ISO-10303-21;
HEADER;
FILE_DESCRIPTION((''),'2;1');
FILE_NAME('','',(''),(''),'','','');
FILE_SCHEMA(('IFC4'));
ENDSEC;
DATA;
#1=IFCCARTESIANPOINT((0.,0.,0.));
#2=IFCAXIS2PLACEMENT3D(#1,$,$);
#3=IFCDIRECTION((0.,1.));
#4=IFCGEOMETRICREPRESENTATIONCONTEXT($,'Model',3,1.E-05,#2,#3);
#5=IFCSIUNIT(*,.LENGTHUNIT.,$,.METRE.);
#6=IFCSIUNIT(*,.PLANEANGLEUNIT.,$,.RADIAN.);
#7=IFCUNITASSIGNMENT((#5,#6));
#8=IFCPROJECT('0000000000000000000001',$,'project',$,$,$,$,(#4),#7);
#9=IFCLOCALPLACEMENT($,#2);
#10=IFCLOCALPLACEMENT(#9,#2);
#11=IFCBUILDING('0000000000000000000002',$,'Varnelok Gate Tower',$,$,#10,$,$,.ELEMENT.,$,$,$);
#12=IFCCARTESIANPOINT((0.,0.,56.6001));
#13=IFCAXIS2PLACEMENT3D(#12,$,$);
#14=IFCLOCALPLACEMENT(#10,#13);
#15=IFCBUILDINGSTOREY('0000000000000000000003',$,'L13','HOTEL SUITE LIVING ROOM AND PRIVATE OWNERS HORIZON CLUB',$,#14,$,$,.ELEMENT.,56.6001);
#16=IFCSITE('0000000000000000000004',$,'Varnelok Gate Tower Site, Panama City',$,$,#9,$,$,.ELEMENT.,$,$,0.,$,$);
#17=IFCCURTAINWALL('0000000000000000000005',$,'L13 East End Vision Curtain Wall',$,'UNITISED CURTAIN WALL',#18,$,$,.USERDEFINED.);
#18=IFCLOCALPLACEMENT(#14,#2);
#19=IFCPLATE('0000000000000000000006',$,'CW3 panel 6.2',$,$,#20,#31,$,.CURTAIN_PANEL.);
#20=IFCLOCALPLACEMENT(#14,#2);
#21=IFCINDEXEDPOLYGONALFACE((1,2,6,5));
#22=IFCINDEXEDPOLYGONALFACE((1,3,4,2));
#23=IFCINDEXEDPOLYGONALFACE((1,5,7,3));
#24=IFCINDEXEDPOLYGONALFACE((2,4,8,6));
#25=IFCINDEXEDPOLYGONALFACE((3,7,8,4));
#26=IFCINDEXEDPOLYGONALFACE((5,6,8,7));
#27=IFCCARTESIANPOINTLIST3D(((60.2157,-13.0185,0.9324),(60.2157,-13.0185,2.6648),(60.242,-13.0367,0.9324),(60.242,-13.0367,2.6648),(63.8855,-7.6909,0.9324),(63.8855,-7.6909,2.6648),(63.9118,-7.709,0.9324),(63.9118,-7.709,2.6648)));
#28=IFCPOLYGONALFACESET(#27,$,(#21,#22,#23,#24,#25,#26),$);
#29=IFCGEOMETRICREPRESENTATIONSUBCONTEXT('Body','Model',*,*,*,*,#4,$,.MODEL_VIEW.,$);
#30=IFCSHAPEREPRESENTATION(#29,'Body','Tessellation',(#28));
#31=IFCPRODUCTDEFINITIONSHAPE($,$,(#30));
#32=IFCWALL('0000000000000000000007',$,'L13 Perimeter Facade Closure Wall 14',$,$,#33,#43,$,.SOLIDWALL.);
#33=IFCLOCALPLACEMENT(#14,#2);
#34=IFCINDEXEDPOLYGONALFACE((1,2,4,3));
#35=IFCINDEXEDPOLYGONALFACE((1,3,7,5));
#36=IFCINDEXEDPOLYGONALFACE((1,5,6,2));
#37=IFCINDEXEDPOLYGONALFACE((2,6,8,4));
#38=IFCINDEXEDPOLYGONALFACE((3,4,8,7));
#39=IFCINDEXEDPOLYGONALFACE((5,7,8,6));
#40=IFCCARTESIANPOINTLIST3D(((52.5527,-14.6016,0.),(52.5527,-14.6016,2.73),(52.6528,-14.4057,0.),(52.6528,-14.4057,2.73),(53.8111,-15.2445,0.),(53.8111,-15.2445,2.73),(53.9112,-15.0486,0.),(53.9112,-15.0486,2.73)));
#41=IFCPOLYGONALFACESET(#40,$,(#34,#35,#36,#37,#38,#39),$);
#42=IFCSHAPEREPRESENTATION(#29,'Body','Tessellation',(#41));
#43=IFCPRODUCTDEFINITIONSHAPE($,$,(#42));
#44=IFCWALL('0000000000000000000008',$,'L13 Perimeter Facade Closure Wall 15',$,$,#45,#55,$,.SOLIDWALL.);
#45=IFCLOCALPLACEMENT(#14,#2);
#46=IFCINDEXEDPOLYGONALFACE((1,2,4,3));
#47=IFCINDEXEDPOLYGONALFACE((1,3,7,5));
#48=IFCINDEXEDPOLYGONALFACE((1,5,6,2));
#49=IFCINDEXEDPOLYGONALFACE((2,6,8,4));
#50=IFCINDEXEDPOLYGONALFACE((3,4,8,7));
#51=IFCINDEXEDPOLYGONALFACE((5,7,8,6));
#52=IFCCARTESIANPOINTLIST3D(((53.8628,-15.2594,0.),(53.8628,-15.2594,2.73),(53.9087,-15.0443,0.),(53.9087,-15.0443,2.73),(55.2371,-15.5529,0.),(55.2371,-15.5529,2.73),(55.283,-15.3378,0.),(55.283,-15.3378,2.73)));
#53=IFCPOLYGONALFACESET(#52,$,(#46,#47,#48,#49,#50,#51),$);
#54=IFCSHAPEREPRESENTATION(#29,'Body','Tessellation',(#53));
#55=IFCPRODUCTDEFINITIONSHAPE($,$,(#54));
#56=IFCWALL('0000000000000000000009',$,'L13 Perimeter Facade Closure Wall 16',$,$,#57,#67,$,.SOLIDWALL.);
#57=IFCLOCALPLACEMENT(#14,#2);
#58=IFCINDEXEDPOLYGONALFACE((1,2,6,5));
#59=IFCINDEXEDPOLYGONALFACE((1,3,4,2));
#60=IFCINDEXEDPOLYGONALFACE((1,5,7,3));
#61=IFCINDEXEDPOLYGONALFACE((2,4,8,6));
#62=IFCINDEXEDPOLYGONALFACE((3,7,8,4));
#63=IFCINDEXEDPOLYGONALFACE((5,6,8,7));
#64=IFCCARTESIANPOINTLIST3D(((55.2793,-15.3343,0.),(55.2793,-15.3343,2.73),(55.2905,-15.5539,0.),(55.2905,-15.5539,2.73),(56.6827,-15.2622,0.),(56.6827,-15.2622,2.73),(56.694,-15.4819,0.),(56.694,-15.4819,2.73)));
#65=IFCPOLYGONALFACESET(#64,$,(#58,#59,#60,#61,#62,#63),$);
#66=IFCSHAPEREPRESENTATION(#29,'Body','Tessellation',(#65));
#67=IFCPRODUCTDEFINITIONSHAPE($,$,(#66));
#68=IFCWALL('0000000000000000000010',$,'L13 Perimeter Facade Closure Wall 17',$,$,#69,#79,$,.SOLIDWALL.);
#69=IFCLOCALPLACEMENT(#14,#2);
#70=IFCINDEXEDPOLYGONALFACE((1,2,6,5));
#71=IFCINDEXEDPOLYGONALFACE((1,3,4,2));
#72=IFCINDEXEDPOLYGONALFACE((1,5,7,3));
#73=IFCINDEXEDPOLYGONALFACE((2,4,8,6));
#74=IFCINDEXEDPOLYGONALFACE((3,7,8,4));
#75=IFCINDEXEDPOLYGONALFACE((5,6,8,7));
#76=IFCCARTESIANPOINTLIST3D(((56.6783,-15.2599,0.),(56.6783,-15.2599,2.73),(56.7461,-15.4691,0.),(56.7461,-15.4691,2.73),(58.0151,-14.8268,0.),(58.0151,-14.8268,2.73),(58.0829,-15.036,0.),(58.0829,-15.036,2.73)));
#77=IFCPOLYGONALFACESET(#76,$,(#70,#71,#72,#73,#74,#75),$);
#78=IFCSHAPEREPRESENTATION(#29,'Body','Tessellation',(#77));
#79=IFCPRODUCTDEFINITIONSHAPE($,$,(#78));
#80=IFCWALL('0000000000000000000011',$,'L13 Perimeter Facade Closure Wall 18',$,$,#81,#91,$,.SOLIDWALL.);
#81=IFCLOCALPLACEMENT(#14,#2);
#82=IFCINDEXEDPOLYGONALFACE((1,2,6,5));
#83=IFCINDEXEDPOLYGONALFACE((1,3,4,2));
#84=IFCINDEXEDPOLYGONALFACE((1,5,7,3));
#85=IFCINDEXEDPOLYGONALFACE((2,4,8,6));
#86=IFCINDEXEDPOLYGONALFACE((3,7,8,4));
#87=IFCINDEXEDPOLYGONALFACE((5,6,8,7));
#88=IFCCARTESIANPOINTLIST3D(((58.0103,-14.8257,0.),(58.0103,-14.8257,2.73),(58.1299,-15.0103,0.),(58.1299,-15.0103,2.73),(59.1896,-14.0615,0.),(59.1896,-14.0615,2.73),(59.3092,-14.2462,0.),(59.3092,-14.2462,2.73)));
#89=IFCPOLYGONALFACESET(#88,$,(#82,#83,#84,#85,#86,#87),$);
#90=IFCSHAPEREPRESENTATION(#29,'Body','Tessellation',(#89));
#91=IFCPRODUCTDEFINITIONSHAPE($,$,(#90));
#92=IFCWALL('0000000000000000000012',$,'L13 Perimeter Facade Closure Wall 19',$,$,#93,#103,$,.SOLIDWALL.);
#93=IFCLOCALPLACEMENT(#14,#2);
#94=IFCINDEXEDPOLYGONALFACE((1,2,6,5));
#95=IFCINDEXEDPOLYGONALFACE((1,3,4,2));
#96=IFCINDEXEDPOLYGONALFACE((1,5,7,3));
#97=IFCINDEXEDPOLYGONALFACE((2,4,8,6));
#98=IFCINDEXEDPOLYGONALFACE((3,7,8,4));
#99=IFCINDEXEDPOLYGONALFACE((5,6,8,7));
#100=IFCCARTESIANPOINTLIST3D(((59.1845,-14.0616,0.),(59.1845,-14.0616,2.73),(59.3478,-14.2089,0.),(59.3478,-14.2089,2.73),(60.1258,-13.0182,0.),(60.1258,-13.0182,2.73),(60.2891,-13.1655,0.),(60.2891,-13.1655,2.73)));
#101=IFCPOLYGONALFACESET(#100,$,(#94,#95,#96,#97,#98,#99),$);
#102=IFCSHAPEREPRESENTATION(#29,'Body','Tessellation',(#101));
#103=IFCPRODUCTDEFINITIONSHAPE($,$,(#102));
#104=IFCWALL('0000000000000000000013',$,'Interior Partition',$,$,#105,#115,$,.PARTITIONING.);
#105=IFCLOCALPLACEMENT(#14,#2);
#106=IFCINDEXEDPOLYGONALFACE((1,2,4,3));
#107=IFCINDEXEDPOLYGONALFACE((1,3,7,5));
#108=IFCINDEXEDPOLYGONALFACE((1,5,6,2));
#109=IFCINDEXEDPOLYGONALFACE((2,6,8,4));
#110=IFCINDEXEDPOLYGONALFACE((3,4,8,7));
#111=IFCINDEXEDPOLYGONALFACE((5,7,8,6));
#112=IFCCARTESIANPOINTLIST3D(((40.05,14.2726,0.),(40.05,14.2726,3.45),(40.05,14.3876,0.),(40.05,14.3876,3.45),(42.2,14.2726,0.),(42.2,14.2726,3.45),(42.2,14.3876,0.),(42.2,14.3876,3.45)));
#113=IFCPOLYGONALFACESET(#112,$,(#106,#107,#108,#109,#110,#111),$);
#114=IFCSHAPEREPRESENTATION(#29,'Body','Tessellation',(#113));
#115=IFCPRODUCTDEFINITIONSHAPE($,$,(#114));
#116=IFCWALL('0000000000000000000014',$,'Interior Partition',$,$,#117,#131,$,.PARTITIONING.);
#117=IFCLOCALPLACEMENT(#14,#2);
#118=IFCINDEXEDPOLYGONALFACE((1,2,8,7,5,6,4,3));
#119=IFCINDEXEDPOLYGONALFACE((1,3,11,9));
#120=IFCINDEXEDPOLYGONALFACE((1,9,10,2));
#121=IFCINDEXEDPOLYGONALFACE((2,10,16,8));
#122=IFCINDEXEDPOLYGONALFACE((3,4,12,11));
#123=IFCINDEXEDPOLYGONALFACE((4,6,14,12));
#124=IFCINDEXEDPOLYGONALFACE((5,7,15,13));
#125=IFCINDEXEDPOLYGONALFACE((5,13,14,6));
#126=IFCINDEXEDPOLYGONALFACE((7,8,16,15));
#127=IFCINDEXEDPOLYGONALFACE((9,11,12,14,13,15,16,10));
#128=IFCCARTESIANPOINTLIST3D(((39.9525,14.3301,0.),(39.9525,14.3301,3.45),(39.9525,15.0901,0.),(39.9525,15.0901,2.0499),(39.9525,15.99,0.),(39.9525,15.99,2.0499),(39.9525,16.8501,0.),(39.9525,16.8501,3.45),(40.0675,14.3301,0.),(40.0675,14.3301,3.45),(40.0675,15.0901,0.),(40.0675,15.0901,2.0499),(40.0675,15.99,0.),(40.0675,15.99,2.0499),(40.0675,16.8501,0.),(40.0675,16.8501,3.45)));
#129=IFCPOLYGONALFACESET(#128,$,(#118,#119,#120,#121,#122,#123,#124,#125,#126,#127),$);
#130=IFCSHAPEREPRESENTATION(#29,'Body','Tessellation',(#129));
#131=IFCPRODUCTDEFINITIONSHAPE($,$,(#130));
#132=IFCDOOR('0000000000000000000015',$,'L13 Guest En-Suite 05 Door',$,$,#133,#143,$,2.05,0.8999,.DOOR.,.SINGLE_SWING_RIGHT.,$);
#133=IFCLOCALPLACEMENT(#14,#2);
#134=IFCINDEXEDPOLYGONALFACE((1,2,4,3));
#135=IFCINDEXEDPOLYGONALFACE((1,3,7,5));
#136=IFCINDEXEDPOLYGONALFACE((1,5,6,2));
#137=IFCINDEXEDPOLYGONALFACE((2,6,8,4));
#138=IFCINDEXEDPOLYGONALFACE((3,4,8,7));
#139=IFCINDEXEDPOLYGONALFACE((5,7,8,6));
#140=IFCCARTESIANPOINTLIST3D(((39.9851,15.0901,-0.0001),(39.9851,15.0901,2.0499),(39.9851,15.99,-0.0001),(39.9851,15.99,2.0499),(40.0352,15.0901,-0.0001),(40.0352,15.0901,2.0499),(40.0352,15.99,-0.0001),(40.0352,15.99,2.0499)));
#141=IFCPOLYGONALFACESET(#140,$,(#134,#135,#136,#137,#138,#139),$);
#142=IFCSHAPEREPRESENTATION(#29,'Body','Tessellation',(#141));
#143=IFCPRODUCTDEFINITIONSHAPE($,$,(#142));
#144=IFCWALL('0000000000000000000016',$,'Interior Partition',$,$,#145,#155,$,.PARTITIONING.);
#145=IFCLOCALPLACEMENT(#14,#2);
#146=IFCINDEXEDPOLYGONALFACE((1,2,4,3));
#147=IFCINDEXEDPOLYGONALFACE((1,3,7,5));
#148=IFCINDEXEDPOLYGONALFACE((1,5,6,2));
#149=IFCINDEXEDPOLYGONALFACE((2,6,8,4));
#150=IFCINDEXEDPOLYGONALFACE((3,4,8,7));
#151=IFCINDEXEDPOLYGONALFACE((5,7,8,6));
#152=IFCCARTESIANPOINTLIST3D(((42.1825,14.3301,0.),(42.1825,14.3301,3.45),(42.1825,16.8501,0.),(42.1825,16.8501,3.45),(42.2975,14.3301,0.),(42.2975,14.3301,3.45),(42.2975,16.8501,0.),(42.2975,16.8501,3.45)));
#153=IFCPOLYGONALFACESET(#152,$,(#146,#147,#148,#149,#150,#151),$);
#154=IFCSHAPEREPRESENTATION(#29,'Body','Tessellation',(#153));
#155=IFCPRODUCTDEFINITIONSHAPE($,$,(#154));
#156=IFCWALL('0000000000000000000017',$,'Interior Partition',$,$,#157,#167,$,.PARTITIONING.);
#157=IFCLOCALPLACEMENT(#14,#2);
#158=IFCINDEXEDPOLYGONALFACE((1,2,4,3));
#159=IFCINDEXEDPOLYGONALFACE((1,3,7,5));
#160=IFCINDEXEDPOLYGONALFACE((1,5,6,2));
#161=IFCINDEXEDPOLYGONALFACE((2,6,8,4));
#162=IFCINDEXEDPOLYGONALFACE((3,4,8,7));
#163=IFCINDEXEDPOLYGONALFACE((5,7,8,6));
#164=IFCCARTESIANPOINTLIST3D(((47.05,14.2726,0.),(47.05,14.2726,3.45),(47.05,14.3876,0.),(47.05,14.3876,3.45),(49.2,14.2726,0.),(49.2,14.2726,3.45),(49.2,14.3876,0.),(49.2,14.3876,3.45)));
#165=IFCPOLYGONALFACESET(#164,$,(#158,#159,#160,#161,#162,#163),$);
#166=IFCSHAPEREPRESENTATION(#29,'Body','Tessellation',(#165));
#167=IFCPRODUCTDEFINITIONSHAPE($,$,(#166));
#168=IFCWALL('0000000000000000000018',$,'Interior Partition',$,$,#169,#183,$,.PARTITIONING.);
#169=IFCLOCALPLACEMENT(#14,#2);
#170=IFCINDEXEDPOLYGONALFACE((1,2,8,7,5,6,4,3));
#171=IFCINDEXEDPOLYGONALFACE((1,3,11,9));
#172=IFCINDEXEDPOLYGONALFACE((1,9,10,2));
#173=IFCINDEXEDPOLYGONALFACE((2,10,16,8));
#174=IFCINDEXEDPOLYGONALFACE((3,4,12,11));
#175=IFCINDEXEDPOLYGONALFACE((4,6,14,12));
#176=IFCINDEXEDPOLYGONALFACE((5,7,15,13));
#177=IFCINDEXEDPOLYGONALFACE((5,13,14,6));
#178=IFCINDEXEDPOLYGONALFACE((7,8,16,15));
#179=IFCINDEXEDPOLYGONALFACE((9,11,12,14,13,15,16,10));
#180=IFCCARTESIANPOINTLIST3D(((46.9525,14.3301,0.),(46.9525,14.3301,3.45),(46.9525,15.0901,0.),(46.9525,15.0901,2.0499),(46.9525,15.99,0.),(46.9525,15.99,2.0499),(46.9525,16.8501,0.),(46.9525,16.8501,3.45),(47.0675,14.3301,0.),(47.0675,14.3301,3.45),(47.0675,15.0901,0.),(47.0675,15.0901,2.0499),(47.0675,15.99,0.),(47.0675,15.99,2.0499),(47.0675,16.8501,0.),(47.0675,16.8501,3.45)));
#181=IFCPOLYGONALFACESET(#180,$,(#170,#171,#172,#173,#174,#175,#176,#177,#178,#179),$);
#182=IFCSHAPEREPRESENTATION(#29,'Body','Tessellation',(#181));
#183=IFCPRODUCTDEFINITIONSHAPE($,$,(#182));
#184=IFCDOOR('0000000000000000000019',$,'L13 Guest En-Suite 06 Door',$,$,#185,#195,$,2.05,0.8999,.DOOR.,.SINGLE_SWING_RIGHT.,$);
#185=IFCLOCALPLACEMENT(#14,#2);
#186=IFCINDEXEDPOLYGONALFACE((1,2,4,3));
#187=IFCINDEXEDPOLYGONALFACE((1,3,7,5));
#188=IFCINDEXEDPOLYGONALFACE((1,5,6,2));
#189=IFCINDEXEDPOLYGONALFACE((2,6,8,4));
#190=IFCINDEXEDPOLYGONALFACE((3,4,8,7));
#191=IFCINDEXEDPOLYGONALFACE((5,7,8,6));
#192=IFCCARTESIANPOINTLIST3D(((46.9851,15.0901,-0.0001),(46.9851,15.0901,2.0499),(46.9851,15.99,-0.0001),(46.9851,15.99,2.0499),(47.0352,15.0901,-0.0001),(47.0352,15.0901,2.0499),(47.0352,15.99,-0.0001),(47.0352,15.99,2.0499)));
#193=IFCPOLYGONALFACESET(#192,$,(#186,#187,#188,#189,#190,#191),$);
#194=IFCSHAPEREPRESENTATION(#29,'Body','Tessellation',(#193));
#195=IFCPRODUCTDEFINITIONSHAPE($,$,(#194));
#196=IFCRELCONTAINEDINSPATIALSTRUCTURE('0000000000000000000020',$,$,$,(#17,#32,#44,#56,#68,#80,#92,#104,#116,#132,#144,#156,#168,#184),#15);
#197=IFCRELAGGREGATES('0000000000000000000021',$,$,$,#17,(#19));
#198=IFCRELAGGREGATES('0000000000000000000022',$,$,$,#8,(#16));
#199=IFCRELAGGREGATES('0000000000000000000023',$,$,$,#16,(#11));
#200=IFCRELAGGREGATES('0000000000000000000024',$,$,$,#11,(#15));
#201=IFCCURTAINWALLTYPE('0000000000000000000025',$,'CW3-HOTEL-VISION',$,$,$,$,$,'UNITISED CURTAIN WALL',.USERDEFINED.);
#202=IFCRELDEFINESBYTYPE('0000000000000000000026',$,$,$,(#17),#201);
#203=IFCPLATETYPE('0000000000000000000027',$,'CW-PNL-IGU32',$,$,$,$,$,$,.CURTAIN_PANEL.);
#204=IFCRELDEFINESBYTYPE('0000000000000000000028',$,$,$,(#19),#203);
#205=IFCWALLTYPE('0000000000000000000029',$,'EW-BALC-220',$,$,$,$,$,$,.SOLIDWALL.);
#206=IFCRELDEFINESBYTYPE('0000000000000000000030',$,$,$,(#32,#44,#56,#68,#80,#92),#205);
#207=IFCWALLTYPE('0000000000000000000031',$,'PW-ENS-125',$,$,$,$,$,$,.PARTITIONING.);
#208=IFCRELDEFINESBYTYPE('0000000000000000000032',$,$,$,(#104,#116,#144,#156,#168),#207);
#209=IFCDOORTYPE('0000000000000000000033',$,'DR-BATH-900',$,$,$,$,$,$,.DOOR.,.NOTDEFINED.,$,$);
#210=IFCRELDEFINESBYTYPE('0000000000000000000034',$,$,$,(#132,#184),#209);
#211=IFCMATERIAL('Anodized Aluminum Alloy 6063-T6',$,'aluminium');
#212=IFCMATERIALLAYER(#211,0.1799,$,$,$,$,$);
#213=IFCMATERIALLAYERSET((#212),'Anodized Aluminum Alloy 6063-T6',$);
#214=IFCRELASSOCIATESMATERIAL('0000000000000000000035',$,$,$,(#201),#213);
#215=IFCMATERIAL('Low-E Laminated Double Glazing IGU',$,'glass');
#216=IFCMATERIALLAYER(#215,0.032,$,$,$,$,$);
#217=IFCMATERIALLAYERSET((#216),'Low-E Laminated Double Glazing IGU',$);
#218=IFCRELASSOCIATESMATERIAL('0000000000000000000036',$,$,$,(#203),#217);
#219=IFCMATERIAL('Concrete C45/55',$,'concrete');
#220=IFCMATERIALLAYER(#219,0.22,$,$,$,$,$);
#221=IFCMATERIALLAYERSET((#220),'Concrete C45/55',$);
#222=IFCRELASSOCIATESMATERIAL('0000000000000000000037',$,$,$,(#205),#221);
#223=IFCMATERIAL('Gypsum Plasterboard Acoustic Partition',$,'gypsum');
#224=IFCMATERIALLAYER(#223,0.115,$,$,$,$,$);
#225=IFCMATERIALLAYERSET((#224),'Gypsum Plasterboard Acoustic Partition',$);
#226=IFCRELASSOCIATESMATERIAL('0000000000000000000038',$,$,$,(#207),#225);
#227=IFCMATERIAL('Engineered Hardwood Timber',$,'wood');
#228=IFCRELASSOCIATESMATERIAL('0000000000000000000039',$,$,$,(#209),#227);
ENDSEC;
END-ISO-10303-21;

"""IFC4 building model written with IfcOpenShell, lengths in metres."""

from ifc_helpers import new_model, si_unit, direction, frame, frame_2d, origin, origin_2d, place, context, subcontext, project, spatial, rectangle, extrude, source, transform, mapped, material, layer, layer_set, type_object, element, fill, aggregate, save


model = new_model("IFC4")

# Units and contexts
model_context = context("Model", 3, precision=1e-05, world=origin(), true_north=direction((0.0, 1.0)))
body_context = subcontext(model_context, "Body", "Model", "MODEL_VIEW")
ifc_project = project(units=[si_unit("LENGTHUNIT", "METRE"), si_unit("PLANEANGLEUNIT", "RADIAN")], contexts=[model_context])

# Site, building, storey
site_placement = place(None, origin())
site = spatial("IfcSite", under=ifc_project, at=site_placement, Name="Varnelok Gate Tower Site, Panama City", CompositionType="ELEMENT", RefElevation=0.0)
building_placement = place(site_placement, origin())
building = spatial("IfcBuilding", under=site, at=building_placement, Name="Varnelok Gate Tower", CompositionType="ELEMENT")
storey_placement = place(building_placement, frame((0.0, 0.0, 56.6001)))
storey = spatial("IfcBuildingStorey", under=building, at=storey_placement, Name="L13", Description="HOTEL SUITE LIVING ROOM AND PRIVATE OWNERS HORIZON CLUB", CompositionType="ELEMENT", Elevation=56.6001)

# Curtain wall, plate
ifc_material_1 = material(Name="Anodized Aluminum Alloy 6063-T6", Category="aluminium")
ifc_layer_1 = layer(ifc_material_1, 0.1799)
ifc_layer_set_1 = layer_set([ifc_layer_1], Name="Anodized Aluminum Alloy 6063-T6")
curtain_wall_type = type_object("IfcCurtainWallType", Name="CW3-HOTEL-VISION", ElementType="UNITISED CURTAIN WALL", PredefinedType="USERDEFINED", material=ifc_layer_set_1)
curtain_wall_placement = place(storey_placement, origin())
curtain_wall = element("IfcCurtainWall", 1, at=curtain_wall_placement, inside=storey, type_object=curtain_wall_type, Name="L13 East End Vision Curtain Wall", ObjectType="UNITISED CURTAIN WALL", PredefinedType="USERDEFINED")
ifc_material_2 = material(Name="Low-E Laminated Double Glazing IGU", Category="glass")
ifc_layer_2 = layer(ifc_material_2, 0.032)
ifc_layer_set_2 = layer_set([ifc_layer_2], Name="Low-E Laminated Double Glazing IGU")
plate_type = type_object("IfcPlateType", Name="CW-PNL-IGU32", PredefinedType="CURTAIN_PANEL", material=ifc_layer_set_2)
shared_shape_1 = source(origin(), body_context, "Body", "SweptSolid", [
    extrude(rectangle(XDim=6.4692, YDim=0.032, at=origin_2d()), origin(), (0.0, 0.0, 1.0), 1.7324),
])
plate_1_placement = place(storey_placement, frame((62.0637, -10.3638, 0.9324), z_axis=(0.0, 0.0, 1.0), x_axis=(-0.567269, -0.823533, 0.0)))
plate_1 = element("IfcPlate", 2, at=plate_1_placement, type_object=plate_type, Name="CW3 panel 6.2", PredefinedType="CURTAIN_PANEL", context=body_context, shape_type="MappedRepresentation", body=[
    mapped(shared_shape_1, transform((0.0, 0.0, 0.0), scale=1.0)),
])
aggregate(curtain_wall, [plate_1])

# Walls
ifc_material_3 = material(Name="Concrete C45/55", Category="concrete")
ifc_layer_3 = layer(ifc_material_3, 0.22)
ifc_layer_set_3 = layer_set([ifc_layer_3], Name="Concrete C45/55")
wall_type_1 = type_object("IfcWallType", Name="EW-BALC-220", PredefinedType="SOLIDWALL", material=ifc_layer_set_3)
wall_1_placement = place(storey_placement, frame((52.6028, -14.5037, 0.0), z_axis=(0.0, 0.0, 1.0), x_axis=(0.890523, -0.454938, 0.0)))
element("IfcWall", 3, at=wall_1_placement, inside=storey, type_object=wall_type_1, Name="L13 Perimeter Facade Closure Wall 14", PredefinedType="SOLIDWALL", context=body_context, shape_type="SweptSolid", body=[
    extrude(rectangle(XDim=1.4131, YDim=0.22, at=frame_2d((0.7065, 0.0))), origin(), (0.0, 0.0, 1.0), 2.73),
])
for number, where, z_axis, x_axis, name in (
    (4, (53.8857, -15.1519, 0.0), (0.0, 0.0, 1.0), (0.977952, -0.208829, 0.0), "L13 Perimeter Facade Closure Wall 15"),
    (5, (55.2849, -15.4441, 0.0), (0.0, 0.0, 1.0), (0.998686, 0.051255, 0.0), "L13 Perimeter Facade Closure Wall 16"),
    (6, (56.7122, -15.3645, 0.0), (0.0, 0.0, 1.0), (0.951325, 0.30819, 0.0), "L13 Perimeter Facade Closure Wall 17"),
    (7, (58.0701, -14.918, 0.0), (0.0, 0.0, 1.0), (0.839248, 0.543748, 0.0), "L13 Perimeter Facade Closure Wall 18"),
    (8, (59.2661, -14.1353, 0.0), (0.0, 0.0, 1.0), (0.669866, 0.742482, 0.0), "L13 Perimeter Facade Closure Wall 19"),
):
    element("IfcWall", number, at=place(storey_placement, frame(where, z_axis=z_axis, x_axis=x_axis)), inside=storey, type_object=wall_type_1, Name=name, PredefinedType="SOLIDWALL", context=body_context, shape_type="SweptSolid", body=[
        extrude(rectangle(XDim=1.4053, YDim=0.22, at=frame_2d((0.7026, 0.0))), origin(), (0.0, 0.0, 1.0), 2.73),
    ])
ifc_material_4 = material(Name="Gypsum Plasterboard Acoustic Partition", Category="gypsum")
ifc_layer_4 = layer(ifc_material_4, 0.115)
ifc_layer_set_4 = layer_set([ifc_layer_4], Name="Gypsum Plasterboard Acoustic Partition")
wall_type_2 = type_object("IfcWallType", Name="PW-ENS-125", PredefinedType="PARTITIONING", material=ifc_layer_set_4)
wall_2_placement = place(storey_placement, frame((40.05, 14.3301, 0.0), z_axis=(0.0, 0.0, 1.0), x_axis=(1.0, 0.0, 0.0)))
element("IfcWall", 9, at=wall_2_placement, inside=storey, type_object=wall_type_2, Name="Interior Partition", PredefinedType="PARTITIONING", context=body_context, shape_type="SweptSolid", body=[
    extrude(rectangle(XDim=2.1499, YDim=0.115, at=frame_2d((1.075, 0.0))), origin(), (0.0, 0.0, 1.0), 3.45),
])

# Wall, opening, door
wall_3_placement = place(storey_placement, frame((40.01, 14.3301, 0.0), z_axis=(0.0, 0.0, 1.0), x_axis=(0.0, 1.0, 0.0)))
wall_3 = element("IfcWall", 10, at=wall_3_placement, inside=storey, type_object=wall_type_2, Name="Interior Partition", PredefinedType="PARTITIONING", context=body_context, shape_type="SweptSolid", body=[
    extrude(rectangle(XDim=2.52, YDim=0.115, at=frame_2d((1.26, 0.0))), origin(), (0.0, 0.0, 1.0), 3.45),
])
opening_1_placement = place(wall_3_placement, frame((0.76, 0.0, 0.0)))
opening_1 = element("IfcOpeningElement", 11, at=opening_1_placement, cuts=wall_3, PredefinedType="OPENING", context=body_context, shape_type="SweptSolid", body=[
    extrude(rectangle(XDim=0.8999, YDim=2.05, at=frame_2d((0.45, 1.0249))), frame((0.0, 0.0674, 0.0), z_axis=(0.0, -1.0, 0.0), x_axis=(1.0, 0.0, 0.0)), (0.0, 0.0, 1.0), 0.135),
])
ifc_material_5 = material(Name="Engineered Hardwood Timber", Category="wood")
door_type = type_object("IfcDoorType", Name="DR-BATH-900", OperationType="NOTDEFINED", PredefinedType="DOOR", material=ifc_material_5)
door_1_placement = place(opening_1_placement, origin())
door_1 = element("IfcDoor", 12, at=door_1_placement, inside=storey, type_object=door_type, Name="L13 Guest En-Suite 05 Door", OperationType="SINGLE_SWING_RIGHT", OverallHeight=2.05, OverallWidth=0.8999, PredefinedType="DOOR", context=body_context, shape_type="SweptSolid", body=[
    extrude(rectangle(XDim=0.8999, YDim=2.05, at=frame_2d((0.45, 1.0249))), frame((0.0, 0.0249, 0.0), z_axis=(0.0, -1.0, 0.0), x_axis=(1.0, 0.0, 0.0)), (0.0, 0.0, 1.0), 0.05),
])
fill(opening_1, door_1)

# Walls
wall_4_placement = place(storey_placement, frame((42.24, 14.3301, 0.0), z_axis=(0.0, 0.0, 1.0), x_axis=(0.0, 1.0, 0.0)))
element("IfcWall", 13, at=wall_4_placement, inside=storey, type_object=wall_type_2, Name="Interior Partition", PredefinedType="PARTITIONING", context=body_context, shape_type="SweptSolid", body=[
    extrude(rectangle(XDim=2.52, YDim=0.115, at=frame_2d((1.26, 0.0))), origin(), (0.0, 0.0, 1.0), 3.45),
])
wall_5_placement = place(storey_placement, frame((47.05, 14.3301, 0.0), z_axis=(0.0, 0.0, 1.0), x_axis=(1.0, 0.0, 0.0)))
element("IfcWall", 14, at=wall_5_placement, inside=storey, type_object=wall_type_2, Name="Interior Partition", PredefinedType="PARTITIONING", context=body_context, shape_type="SweptSolid", body=[
    extrude(rectangle(XDim=2.1499, YDim=0.115, at=frame_2d((1.075, 0.0))), origin(), (0.0, 0.0, 1.0), 3.45),
])

# Wall, opening, door
wall_6_placement = place(storey_placement, frame((47.01, 14.3301, 0.0), z_axis=(0.0, 0.0, 1.0), x_axis=(0.0, 1.0, 0.0)))
wall_6 = element("IfcWall", 15, at=wall_6_placement, inside=storey, type_object=wall_type_2, Name="Interior Partition", PredefinedType="PARTITIONING", context=body_context, shape_type="SweptSolid", body=[
    extrude(rectangle(XDim=2.52, YDim=0.115, at=frame_2d((1.26, 0.0))), origin(), (0.0, 0.0, 1.0), 3.45),
])
opening_2_placement = place(wall_6_placement, frame((0.76, 0.0, 0.0)))
opening_2 = element("IfcOpeningElement", 16, at=opening_2_placement, cuts=wall_6, PredefinedType="OPENING", context=body_context, shape_type="SweptSolid", body=[
    extrude(rectangle(XDim=0.8999, YDim=2.05, at=frame_2d((0.45, 1.0249))), frame((0.0, 0.0674, 0.0), z_axis=(0.0, -1.0, 0.0), x_axis=(1.0, 0.0, 0.0)), (0.0, 0.0, 1.0), 0.135),
])
door_2_placement = place(opening_2_placement, origin())
door_2 = element("IfcDoor", 17, at=door_2_placement, inside=storey, type_object=door_type, Name="L13 Guest En-Suite 06 Door", OperationType="SINGLE_SWING_RIGHT", OverallHeight=2.05, OverallWidth=0.8999, PredefinedType="DOOR", context=body_context, shape_type="SweptSolid", body=[
    extrude(rectangle(XDim=0.8999, YDim=2.05, at=frame_2d((0.45, 1.0249))), frame((0.0, 0.0249, 0.0), z_axis=(0.0, -1.0, 0.0), x_axis=(1.0, 0.0, 0.0)), (0.0, 0.0, 1.0), 0.05),
])
fill(opening_2, door_2)

save(model, "model.ifc")
